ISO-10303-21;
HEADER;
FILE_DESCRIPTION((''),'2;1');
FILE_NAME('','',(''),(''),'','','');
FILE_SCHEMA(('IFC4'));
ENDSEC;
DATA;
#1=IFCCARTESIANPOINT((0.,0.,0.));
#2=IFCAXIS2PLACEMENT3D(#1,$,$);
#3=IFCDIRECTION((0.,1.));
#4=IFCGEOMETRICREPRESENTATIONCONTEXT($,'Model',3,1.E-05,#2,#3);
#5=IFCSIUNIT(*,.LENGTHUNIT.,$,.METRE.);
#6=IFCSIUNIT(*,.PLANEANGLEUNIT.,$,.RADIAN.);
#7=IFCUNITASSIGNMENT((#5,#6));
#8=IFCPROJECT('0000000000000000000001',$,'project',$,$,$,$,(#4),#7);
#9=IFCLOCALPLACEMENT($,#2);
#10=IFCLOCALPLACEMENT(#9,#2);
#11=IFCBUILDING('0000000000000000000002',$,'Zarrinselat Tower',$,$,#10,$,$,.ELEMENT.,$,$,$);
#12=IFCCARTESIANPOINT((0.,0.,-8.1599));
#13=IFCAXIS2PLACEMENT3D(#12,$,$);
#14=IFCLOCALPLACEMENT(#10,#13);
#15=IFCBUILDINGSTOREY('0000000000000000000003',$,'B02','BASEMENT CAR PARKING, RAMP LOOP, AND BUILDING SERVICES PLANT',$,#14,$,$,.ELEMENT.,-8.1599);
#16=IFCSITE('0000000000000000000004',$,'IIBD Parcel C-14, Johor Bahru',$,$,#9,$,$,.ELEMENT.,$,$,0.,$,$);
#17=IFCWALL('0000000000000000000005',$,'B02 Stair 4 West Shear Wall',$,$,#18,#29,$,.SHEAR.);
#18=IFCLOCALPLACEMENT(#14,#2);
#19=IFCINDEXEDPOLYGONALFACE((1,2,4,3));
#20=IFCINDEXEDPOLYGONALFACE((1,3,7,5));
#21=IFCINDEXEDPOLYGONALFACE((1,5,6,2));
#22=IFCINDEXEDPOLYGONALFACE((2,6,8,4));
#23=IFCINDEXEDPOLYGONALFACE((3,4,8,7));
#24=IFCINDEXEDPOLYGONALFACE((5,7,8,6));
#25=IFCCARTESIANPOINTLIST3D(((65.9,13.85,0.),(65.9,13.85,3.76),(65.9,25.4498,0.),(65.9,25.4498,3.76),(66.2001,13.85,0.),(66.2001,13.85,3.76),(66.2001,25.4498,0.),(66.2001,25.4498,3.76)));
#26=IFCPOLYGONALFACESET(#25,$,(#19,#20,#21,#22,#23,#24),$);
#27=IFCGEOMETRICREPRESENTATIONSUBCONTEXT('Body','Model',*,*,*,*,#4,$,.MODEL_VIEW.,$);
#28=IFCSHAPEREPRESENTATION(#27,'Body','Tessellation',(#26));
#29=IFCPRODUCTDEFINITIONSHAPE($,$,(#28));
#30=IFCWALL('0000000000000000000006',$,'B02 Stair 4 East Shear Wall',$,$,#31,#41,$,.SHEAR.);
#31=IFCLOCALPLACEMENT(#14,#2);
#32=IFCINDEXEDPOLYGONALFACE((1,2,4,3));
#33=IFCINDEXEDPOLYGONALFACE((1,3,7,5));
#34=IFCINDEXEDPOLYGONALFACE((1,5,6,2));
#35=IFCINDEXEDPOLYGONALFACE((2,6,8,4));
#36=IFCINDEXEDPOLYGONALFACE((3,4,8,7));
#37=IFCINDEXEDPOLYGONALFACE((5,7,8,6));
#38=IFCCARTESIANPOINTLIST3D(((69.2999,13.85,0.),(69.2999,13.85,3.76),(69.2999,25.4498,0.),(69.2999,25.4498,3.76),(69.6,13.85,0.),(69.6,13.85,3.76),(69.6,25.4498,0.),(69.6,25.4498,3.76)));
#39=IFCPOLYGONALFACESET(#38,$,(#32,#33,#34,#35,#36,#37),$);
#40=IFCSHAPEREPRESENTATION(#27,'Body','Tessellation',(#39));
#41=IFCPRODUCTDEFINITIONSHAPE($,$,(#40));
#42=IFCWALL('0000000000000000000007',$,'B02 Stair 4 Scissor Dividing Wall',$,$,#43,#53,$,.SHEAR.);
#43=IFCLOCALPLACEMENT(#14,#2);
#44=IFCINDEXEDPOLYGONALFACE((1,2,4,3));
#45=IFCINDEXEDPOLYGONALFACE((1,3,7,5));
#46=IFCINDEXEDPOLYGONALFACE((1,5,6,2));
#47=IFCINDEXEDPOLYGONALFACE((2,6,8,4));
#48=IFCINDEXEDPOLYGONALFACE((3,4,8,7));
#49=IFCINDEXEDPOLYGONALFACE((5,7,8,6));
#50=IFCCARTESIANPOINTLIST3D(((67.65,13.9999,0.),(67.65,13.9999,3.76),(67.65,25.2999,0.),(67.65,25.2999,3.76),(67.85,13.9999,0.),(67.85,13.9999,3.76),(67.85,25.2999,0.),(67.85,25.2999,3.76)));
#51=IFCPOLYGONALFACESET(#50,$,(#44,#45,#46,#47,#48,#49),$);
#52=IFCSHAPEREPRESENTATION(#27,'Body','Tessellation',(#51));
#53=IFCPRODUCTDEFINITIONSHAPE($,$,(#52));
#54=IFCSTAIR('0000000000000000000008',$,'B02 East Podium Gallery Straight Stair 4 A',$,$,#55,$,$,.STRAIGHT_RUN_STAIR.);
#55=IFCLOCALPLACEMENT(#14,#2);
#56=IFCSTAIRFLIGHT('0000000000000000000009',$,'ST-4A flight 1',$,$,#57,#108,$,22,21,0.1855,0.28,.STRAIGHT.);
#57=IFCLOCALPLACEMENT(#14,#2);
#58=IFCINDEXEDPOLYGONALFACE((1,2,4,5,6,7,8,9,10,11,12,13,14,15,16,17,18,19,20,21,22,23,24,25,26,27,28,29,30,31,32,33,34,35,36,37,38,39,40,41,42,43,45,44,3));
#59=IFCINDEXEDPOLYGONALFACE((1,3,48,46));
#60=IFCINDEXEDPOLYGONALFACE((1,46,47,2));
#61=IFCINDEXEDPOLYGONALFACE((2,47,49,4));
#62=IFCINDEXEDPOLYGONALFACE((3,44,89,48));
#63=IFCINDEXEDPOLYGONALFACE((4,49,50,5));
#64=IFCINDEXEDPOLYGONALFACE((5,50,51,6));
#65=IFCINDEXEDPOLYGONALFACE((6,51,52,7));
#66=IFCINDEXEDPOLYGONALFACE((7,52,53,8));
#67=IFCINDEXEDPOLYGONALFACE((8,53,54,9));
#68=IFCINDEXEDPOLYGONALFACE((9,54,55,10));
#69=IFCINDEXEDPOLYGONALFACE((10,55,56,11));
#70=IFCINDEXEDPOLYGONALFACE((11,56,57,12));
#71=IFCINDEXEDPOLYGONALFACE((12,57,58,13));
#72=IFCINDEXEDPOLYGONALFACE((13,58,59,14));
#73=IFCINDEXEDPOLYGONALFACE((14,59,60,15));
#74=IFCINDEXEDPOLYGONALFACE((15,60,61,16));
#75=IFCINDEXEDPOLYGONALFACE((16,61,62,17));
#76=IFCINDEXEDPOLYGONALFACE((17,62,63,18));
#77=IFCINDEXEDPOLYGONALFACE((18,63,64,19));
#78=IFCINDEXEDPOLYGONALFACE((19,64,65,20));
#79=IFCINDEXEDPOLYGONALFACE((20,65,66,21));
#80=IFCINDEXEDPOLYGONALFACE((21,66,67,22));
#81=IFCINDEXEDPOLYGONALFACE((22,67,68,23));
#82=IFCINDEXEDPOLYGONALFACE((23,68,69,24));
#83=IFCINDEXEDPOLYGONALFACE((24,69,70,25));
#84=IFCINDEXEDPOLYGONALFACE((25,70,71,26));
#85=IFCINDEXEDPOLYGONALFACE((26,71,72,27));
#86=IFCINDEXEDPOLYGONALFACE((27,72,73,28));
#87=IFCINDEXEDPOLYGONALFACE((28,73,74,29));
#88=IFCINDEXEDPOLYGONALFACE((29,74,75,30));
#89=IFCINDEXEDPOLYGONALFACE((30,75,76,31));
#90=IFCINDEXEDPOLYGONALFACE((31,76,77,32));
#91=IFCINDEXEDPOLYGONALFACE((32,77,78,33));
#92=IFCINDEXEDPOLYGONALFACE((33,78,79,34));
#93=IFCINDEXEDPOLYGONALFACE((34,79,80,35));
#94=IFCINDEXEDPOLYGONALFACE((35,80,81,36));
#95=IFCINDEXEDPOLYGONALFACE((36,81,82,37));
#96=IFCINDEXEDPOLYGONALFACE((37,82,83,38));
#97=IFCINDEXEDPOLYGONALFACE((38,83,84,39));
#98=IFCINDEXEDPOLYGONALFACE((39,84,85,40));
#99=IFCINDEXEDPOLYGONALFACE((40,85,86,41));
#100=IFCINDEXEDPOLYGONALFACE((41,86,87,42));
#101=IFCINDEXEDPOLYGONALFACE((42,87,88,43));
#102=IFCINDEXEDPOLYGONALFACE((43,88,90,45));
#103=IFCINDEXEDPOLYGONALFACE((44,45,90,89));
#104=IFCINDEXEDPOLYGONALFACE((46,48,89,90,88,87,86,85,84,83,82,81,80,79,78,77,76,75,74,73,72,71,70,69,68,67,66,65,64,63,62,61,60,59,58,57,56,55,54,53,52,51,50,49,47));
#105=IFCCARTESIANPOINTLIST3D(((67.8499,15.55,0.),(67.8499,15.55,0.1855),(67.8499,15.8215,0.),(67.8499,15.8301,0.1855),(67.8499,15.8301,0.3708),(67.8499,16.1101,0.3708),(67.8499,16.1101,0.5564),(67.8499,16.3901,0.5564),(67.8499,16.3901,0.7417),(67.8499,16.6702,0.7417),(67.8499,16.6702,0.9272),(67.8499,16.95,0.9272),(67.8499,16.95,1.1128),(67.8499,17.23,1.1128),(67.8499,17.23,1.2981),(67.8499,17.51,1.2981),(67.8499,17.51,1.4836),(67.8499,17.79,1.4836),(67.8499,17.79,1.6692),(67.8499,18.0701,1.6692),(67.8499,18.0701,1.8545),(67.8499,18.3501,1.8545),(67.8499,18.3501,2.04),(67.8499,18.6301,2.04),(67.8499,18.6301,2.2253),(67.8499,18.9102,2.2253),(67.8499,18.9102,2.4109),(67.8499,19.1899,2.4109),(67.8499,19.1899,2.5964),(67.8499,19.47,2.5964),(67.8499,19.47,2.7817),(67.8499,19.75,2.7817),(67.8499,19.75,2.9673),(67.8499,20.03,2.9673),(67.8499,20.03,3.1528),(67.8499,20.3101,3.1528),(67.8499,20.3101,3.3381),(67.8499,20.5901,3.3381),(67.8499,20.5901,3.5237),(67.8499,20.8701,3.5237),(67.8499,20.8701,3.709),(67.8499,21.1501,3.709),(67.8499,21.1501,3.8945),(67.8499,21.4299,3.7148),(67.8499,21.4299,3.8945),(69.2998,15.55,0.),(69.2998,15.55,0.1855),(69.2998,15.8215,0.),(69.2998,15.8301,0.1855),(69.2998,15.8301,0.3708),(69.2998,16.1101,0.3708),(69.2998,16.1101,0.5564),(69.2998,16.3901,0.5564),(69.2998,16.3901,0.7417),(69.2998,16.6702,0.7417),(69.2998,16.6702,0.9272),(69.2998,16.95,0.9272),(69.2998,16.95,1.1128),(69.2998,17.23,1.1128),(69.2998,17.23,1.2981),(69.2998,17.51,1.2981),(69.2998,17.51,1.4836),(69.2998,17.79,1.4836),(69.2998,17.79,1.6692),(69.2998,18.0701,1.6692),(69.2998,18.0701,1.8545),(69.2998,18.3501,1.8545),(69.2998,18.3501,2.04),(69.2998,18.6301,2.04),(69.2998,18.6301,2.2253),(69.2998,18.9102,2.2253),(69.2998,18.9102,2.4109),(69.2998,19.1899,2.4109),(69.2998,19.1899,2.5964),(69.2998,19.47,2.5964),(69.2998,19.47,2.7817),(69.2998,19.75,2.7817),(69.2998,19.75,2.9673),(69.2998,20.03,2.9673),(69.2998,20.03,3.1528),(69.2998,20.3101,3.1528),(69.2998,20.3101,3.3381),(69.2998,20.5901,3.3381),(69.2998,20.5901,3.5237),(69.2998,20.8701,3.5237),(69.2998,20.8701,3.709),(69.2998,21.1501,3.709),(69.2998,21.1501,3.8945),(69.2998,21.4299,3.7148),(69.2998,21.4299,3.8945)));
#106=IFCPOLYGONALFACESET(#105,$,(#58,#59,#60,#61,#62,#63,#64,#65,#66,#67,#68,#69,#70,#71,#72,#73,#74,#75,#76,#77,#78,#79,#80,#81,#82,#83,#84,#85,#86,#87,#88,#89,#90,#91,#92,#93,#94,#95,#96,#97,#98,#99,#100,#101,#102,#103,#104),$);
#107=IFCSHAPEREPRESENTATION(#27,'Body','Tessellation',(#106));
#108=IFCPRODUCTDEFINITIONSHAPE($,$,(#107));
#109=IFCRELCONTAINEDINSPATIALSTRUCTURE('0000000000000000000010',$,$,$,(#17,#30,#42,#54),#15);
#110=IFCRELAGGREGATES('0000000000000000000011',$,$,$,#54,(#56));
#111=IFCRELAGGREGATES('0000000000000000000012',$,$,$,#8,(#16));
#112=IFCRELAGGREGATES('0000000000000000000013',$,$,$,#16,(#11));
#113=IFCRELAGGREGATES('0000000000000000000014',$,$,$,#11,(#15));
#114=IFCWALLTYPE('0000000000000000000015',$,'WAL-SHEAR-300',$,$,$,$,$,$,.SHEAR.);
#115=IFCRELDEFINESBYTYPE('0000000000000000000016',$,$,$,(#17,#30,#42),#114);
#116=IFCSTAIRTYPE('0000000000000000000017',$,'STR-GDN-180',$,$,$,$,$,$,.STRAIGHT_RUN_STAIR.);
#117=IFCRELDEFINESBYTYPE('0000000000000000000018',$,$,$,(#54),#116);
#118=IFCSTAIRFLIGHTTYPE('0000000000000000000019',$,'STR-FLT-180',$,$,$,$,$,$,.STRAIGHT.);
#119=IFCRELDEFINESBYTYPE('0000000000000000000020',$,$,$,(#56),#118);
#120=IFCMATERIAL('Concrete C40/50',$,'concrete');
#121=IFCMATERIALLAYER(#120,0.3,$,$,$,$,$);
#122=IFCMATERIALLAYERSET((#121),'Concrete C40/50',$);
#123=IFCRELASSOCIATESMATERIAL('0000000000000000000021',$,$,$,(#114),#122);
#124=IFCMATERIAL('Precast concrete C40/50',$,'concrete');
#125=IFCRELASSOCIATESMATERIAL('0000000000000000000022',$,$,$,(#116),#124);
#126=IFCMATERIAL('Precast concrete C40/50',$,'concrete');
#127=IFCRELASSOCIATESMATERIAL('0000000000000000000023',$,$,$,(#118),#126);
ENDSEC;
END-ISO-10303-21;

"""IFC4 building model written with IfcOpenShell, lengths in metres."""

from ifc_helpers import new_model, si_unit, direction, frame, frame_2d, origin, place, context, subcontext, project, spatial, polyline, rectangle, outline, extrude, material, layer, layer_set, type_object, element, aggregate, save


model = new_model("IFC4")

# Units and contexts
model_context = context("Model", 3, precision=1e-05, world=origin(), true_north=direction((0.0, 1.0)))
body_context = subcontext(model_context, "Body", "Model", "MODEL_VIEW")
ifc_project = project(units=[si_unit("LENGTHUNIT", "METRE"), si_unit("PLANEANGLEUNIT", "RADIAN")], contexts=[model_context])

# Site, building, storey
site_placement = place(None, origin())
site = spatial("IfcSite", under=ifc_project, at=site_placement, Name="IIBD Parcel C-14, Johor Bahru", CompositionType="ELEMENT", RefElevation=0.0)
building_placement = place(site_placement, origin())
building = spatial("IfcBuilding", under=site, at=building_placement, Name="Zarrinselat Tower", CompositionType="ELEMENT")
storey_placement = place(building_placement, frame((0.0, 0.0, -8.1599)))
storey = spatial("IfcBuildingStorey", under=building, at=storey_placement, Name="B02", Description="BASEMENT CAR PARKING, RAMP LOOP, AND BUILDING SERVICES PLANT", CompositionType="ELEMENT", Elevation=-8.1599)

# Shared definitions
ifc_material_1 = material(Name="Concrete C40/50", Category="concrete")
ifc_layer_1 = layer(ifc_material_1, 0.3)
ifc_layer_set_1 = layer_set([ifc_layer_1], Name="Concrete C40/50")
wall_type_1 = type_object("IfcWallType", Name="WAL-SHEAR-300", PredefinedType="SHEAR", material=ifc_layer_set_1)

# Walls
for number, where, z_axis, x_axis, name in (
    (1, (66.05, 13.8501, 0.0), (0.0, 0.0, 1.0), (0.0, 1.0, 0.0), "B02 Stair 4 West Shear Wall"),
    (2, (69.45, 13.8501, 0.0), (0.0, 0.0, 1.0), (0.0, 1.0, 0.0), "B02 Stair 4 East Shear Wall"),
):
    element("IfcWall", number, at=place(storey_placement, frame(where, z_axis=z_axis, x_axis=x_axis)), inside=storey, type_object=wall_type_1, Name=name, PredefinedType="SHEAR", context=body_context, shape_type="SweptSolid", body=[
        extrude(rectangle(XDim=11.5999, YDim=0.3, at=frame_2d((5.7998, 0.0))), origin(), (0.0, 0.0, 1.0), 3.76),
    ])
wall_1_placement = place(storey_placement, frame((67.75, 14.0, 0.0), z_axis=(0.0, 0.0, 1.0), x_axis=(0.0, 1.0, 0.0)))
element("IfcWall", 3, at=wall_1_placement, inside=storey, type_object=wall_type_1, Name="B02 Stair 4 Scissor Dividing Wall", PredefinedType="SHEAR", context=body_context, shape_type="SweptSolid", body=[
    extrude(rectangle(XDim=11.3, YDim=0.2, at=frame_2d((5.6499, 0.0))), origin(), (0.0, 0.0, 1.0), 3.76),
])

# Stair, stair flight
ifc_material_2 = material(Name="Precast concrete C40/50", Category="concrete")
stair_type = type_object("IfcStairType", Name="STR-GDN-180", PredefinedType="STRAIGHT_RUN_STAIR", material=ifc_material_2)
stair_placement = place(storey_placement, origin())
stair = element("IfcStair", 4, at=stair_placement, inside=storey, type_object=stair_type, Name="B02 East Podium Gallery Straight Stair 4 A", PredefinedType="STRAIGHT_RUN_STAIR")
ifc_material_3 = material(Name="Precast concrete C40/50", Category="concrete")
stair_flight_type = type_object("IfcStairFlightType", Name="STR-FLT-180", PredefinedType="STRAIGHT", material=ifc_material_3)
stair_flight_placement = place(storey_placement, frame((68.575, 15.55, 0.0), z_axis=(0.0, 0.0, 1.0), x_axis=(0.0, 1.0, 0.0)))
stair_flight = element("IfcStairFlight", 5, at=stair_flight_placement, type_object=stair_flight_type, Name="ST-4A flight 1", NumberOfRisers=22, NumberOfTreads=21, PredefinedType="STRAIGHT", RiserHeight=0.1855, TreadLength=0.28, context=body_context, shape_type="SweptSolid", body=[
    extrude(outline(polyline([(0.0, 0.0), (0.0, 0.1855), (0.28, 0.1855), (0.28, 0.3708), (0.5601, 0.3708), (0.5601, 0.5564), (0.8401, 0.5564), (0.8401, 0.7417), (1.1201, 0.7417), (1.1201, 0.9272), (1.3999, 0.9272), (1.3999, 1.1128), (1.6799, 1.1128), (1.6799, 1.2981), (1.96, 1.2981), (1.96, 1.4836), (2.24, 1.4836), (2.24, 1.6692), (2.52, 1.6692), (2.52, 1.8545), (2.8, 1.8545), (2.8, 2.04), (3.0801, 2.04), (3.0801, 2.2253), (3.3601, 2.2253), (3.3601, 2.4109), (3.6399, 2.4109), (3.6399, 2.5964), (3.9199, 2.5964), (3.9199, 2.7817), (4.2, 2.7817), (4.2, 2.9673), (4.48, 2.9673), (4.48, 3.1528), (4.76, 3.1528), (4.76, 3.3381), (5.04, 3.3381), (5.04, 3.5237), (5.3201, 3.5237), (5.3201, 3.709), (5.6001, 3.709), (5.6001, 3.8945), (5.8799, 3.8945), (5.8799, 4.0801), (5.8799, 3.7148), (0.2715, 0.0), (0.0, 0.0)])), frame((0.0, 0.7251, 0.0), z_axis=(0.0, -1.0, 0.0), x_axis=(1.0, 0.0, 0.0)), (0.0, 0.0, 1.0), 1.45),
])
aggregate(stair, [stair_flight])

save(model, "model.ifc")
